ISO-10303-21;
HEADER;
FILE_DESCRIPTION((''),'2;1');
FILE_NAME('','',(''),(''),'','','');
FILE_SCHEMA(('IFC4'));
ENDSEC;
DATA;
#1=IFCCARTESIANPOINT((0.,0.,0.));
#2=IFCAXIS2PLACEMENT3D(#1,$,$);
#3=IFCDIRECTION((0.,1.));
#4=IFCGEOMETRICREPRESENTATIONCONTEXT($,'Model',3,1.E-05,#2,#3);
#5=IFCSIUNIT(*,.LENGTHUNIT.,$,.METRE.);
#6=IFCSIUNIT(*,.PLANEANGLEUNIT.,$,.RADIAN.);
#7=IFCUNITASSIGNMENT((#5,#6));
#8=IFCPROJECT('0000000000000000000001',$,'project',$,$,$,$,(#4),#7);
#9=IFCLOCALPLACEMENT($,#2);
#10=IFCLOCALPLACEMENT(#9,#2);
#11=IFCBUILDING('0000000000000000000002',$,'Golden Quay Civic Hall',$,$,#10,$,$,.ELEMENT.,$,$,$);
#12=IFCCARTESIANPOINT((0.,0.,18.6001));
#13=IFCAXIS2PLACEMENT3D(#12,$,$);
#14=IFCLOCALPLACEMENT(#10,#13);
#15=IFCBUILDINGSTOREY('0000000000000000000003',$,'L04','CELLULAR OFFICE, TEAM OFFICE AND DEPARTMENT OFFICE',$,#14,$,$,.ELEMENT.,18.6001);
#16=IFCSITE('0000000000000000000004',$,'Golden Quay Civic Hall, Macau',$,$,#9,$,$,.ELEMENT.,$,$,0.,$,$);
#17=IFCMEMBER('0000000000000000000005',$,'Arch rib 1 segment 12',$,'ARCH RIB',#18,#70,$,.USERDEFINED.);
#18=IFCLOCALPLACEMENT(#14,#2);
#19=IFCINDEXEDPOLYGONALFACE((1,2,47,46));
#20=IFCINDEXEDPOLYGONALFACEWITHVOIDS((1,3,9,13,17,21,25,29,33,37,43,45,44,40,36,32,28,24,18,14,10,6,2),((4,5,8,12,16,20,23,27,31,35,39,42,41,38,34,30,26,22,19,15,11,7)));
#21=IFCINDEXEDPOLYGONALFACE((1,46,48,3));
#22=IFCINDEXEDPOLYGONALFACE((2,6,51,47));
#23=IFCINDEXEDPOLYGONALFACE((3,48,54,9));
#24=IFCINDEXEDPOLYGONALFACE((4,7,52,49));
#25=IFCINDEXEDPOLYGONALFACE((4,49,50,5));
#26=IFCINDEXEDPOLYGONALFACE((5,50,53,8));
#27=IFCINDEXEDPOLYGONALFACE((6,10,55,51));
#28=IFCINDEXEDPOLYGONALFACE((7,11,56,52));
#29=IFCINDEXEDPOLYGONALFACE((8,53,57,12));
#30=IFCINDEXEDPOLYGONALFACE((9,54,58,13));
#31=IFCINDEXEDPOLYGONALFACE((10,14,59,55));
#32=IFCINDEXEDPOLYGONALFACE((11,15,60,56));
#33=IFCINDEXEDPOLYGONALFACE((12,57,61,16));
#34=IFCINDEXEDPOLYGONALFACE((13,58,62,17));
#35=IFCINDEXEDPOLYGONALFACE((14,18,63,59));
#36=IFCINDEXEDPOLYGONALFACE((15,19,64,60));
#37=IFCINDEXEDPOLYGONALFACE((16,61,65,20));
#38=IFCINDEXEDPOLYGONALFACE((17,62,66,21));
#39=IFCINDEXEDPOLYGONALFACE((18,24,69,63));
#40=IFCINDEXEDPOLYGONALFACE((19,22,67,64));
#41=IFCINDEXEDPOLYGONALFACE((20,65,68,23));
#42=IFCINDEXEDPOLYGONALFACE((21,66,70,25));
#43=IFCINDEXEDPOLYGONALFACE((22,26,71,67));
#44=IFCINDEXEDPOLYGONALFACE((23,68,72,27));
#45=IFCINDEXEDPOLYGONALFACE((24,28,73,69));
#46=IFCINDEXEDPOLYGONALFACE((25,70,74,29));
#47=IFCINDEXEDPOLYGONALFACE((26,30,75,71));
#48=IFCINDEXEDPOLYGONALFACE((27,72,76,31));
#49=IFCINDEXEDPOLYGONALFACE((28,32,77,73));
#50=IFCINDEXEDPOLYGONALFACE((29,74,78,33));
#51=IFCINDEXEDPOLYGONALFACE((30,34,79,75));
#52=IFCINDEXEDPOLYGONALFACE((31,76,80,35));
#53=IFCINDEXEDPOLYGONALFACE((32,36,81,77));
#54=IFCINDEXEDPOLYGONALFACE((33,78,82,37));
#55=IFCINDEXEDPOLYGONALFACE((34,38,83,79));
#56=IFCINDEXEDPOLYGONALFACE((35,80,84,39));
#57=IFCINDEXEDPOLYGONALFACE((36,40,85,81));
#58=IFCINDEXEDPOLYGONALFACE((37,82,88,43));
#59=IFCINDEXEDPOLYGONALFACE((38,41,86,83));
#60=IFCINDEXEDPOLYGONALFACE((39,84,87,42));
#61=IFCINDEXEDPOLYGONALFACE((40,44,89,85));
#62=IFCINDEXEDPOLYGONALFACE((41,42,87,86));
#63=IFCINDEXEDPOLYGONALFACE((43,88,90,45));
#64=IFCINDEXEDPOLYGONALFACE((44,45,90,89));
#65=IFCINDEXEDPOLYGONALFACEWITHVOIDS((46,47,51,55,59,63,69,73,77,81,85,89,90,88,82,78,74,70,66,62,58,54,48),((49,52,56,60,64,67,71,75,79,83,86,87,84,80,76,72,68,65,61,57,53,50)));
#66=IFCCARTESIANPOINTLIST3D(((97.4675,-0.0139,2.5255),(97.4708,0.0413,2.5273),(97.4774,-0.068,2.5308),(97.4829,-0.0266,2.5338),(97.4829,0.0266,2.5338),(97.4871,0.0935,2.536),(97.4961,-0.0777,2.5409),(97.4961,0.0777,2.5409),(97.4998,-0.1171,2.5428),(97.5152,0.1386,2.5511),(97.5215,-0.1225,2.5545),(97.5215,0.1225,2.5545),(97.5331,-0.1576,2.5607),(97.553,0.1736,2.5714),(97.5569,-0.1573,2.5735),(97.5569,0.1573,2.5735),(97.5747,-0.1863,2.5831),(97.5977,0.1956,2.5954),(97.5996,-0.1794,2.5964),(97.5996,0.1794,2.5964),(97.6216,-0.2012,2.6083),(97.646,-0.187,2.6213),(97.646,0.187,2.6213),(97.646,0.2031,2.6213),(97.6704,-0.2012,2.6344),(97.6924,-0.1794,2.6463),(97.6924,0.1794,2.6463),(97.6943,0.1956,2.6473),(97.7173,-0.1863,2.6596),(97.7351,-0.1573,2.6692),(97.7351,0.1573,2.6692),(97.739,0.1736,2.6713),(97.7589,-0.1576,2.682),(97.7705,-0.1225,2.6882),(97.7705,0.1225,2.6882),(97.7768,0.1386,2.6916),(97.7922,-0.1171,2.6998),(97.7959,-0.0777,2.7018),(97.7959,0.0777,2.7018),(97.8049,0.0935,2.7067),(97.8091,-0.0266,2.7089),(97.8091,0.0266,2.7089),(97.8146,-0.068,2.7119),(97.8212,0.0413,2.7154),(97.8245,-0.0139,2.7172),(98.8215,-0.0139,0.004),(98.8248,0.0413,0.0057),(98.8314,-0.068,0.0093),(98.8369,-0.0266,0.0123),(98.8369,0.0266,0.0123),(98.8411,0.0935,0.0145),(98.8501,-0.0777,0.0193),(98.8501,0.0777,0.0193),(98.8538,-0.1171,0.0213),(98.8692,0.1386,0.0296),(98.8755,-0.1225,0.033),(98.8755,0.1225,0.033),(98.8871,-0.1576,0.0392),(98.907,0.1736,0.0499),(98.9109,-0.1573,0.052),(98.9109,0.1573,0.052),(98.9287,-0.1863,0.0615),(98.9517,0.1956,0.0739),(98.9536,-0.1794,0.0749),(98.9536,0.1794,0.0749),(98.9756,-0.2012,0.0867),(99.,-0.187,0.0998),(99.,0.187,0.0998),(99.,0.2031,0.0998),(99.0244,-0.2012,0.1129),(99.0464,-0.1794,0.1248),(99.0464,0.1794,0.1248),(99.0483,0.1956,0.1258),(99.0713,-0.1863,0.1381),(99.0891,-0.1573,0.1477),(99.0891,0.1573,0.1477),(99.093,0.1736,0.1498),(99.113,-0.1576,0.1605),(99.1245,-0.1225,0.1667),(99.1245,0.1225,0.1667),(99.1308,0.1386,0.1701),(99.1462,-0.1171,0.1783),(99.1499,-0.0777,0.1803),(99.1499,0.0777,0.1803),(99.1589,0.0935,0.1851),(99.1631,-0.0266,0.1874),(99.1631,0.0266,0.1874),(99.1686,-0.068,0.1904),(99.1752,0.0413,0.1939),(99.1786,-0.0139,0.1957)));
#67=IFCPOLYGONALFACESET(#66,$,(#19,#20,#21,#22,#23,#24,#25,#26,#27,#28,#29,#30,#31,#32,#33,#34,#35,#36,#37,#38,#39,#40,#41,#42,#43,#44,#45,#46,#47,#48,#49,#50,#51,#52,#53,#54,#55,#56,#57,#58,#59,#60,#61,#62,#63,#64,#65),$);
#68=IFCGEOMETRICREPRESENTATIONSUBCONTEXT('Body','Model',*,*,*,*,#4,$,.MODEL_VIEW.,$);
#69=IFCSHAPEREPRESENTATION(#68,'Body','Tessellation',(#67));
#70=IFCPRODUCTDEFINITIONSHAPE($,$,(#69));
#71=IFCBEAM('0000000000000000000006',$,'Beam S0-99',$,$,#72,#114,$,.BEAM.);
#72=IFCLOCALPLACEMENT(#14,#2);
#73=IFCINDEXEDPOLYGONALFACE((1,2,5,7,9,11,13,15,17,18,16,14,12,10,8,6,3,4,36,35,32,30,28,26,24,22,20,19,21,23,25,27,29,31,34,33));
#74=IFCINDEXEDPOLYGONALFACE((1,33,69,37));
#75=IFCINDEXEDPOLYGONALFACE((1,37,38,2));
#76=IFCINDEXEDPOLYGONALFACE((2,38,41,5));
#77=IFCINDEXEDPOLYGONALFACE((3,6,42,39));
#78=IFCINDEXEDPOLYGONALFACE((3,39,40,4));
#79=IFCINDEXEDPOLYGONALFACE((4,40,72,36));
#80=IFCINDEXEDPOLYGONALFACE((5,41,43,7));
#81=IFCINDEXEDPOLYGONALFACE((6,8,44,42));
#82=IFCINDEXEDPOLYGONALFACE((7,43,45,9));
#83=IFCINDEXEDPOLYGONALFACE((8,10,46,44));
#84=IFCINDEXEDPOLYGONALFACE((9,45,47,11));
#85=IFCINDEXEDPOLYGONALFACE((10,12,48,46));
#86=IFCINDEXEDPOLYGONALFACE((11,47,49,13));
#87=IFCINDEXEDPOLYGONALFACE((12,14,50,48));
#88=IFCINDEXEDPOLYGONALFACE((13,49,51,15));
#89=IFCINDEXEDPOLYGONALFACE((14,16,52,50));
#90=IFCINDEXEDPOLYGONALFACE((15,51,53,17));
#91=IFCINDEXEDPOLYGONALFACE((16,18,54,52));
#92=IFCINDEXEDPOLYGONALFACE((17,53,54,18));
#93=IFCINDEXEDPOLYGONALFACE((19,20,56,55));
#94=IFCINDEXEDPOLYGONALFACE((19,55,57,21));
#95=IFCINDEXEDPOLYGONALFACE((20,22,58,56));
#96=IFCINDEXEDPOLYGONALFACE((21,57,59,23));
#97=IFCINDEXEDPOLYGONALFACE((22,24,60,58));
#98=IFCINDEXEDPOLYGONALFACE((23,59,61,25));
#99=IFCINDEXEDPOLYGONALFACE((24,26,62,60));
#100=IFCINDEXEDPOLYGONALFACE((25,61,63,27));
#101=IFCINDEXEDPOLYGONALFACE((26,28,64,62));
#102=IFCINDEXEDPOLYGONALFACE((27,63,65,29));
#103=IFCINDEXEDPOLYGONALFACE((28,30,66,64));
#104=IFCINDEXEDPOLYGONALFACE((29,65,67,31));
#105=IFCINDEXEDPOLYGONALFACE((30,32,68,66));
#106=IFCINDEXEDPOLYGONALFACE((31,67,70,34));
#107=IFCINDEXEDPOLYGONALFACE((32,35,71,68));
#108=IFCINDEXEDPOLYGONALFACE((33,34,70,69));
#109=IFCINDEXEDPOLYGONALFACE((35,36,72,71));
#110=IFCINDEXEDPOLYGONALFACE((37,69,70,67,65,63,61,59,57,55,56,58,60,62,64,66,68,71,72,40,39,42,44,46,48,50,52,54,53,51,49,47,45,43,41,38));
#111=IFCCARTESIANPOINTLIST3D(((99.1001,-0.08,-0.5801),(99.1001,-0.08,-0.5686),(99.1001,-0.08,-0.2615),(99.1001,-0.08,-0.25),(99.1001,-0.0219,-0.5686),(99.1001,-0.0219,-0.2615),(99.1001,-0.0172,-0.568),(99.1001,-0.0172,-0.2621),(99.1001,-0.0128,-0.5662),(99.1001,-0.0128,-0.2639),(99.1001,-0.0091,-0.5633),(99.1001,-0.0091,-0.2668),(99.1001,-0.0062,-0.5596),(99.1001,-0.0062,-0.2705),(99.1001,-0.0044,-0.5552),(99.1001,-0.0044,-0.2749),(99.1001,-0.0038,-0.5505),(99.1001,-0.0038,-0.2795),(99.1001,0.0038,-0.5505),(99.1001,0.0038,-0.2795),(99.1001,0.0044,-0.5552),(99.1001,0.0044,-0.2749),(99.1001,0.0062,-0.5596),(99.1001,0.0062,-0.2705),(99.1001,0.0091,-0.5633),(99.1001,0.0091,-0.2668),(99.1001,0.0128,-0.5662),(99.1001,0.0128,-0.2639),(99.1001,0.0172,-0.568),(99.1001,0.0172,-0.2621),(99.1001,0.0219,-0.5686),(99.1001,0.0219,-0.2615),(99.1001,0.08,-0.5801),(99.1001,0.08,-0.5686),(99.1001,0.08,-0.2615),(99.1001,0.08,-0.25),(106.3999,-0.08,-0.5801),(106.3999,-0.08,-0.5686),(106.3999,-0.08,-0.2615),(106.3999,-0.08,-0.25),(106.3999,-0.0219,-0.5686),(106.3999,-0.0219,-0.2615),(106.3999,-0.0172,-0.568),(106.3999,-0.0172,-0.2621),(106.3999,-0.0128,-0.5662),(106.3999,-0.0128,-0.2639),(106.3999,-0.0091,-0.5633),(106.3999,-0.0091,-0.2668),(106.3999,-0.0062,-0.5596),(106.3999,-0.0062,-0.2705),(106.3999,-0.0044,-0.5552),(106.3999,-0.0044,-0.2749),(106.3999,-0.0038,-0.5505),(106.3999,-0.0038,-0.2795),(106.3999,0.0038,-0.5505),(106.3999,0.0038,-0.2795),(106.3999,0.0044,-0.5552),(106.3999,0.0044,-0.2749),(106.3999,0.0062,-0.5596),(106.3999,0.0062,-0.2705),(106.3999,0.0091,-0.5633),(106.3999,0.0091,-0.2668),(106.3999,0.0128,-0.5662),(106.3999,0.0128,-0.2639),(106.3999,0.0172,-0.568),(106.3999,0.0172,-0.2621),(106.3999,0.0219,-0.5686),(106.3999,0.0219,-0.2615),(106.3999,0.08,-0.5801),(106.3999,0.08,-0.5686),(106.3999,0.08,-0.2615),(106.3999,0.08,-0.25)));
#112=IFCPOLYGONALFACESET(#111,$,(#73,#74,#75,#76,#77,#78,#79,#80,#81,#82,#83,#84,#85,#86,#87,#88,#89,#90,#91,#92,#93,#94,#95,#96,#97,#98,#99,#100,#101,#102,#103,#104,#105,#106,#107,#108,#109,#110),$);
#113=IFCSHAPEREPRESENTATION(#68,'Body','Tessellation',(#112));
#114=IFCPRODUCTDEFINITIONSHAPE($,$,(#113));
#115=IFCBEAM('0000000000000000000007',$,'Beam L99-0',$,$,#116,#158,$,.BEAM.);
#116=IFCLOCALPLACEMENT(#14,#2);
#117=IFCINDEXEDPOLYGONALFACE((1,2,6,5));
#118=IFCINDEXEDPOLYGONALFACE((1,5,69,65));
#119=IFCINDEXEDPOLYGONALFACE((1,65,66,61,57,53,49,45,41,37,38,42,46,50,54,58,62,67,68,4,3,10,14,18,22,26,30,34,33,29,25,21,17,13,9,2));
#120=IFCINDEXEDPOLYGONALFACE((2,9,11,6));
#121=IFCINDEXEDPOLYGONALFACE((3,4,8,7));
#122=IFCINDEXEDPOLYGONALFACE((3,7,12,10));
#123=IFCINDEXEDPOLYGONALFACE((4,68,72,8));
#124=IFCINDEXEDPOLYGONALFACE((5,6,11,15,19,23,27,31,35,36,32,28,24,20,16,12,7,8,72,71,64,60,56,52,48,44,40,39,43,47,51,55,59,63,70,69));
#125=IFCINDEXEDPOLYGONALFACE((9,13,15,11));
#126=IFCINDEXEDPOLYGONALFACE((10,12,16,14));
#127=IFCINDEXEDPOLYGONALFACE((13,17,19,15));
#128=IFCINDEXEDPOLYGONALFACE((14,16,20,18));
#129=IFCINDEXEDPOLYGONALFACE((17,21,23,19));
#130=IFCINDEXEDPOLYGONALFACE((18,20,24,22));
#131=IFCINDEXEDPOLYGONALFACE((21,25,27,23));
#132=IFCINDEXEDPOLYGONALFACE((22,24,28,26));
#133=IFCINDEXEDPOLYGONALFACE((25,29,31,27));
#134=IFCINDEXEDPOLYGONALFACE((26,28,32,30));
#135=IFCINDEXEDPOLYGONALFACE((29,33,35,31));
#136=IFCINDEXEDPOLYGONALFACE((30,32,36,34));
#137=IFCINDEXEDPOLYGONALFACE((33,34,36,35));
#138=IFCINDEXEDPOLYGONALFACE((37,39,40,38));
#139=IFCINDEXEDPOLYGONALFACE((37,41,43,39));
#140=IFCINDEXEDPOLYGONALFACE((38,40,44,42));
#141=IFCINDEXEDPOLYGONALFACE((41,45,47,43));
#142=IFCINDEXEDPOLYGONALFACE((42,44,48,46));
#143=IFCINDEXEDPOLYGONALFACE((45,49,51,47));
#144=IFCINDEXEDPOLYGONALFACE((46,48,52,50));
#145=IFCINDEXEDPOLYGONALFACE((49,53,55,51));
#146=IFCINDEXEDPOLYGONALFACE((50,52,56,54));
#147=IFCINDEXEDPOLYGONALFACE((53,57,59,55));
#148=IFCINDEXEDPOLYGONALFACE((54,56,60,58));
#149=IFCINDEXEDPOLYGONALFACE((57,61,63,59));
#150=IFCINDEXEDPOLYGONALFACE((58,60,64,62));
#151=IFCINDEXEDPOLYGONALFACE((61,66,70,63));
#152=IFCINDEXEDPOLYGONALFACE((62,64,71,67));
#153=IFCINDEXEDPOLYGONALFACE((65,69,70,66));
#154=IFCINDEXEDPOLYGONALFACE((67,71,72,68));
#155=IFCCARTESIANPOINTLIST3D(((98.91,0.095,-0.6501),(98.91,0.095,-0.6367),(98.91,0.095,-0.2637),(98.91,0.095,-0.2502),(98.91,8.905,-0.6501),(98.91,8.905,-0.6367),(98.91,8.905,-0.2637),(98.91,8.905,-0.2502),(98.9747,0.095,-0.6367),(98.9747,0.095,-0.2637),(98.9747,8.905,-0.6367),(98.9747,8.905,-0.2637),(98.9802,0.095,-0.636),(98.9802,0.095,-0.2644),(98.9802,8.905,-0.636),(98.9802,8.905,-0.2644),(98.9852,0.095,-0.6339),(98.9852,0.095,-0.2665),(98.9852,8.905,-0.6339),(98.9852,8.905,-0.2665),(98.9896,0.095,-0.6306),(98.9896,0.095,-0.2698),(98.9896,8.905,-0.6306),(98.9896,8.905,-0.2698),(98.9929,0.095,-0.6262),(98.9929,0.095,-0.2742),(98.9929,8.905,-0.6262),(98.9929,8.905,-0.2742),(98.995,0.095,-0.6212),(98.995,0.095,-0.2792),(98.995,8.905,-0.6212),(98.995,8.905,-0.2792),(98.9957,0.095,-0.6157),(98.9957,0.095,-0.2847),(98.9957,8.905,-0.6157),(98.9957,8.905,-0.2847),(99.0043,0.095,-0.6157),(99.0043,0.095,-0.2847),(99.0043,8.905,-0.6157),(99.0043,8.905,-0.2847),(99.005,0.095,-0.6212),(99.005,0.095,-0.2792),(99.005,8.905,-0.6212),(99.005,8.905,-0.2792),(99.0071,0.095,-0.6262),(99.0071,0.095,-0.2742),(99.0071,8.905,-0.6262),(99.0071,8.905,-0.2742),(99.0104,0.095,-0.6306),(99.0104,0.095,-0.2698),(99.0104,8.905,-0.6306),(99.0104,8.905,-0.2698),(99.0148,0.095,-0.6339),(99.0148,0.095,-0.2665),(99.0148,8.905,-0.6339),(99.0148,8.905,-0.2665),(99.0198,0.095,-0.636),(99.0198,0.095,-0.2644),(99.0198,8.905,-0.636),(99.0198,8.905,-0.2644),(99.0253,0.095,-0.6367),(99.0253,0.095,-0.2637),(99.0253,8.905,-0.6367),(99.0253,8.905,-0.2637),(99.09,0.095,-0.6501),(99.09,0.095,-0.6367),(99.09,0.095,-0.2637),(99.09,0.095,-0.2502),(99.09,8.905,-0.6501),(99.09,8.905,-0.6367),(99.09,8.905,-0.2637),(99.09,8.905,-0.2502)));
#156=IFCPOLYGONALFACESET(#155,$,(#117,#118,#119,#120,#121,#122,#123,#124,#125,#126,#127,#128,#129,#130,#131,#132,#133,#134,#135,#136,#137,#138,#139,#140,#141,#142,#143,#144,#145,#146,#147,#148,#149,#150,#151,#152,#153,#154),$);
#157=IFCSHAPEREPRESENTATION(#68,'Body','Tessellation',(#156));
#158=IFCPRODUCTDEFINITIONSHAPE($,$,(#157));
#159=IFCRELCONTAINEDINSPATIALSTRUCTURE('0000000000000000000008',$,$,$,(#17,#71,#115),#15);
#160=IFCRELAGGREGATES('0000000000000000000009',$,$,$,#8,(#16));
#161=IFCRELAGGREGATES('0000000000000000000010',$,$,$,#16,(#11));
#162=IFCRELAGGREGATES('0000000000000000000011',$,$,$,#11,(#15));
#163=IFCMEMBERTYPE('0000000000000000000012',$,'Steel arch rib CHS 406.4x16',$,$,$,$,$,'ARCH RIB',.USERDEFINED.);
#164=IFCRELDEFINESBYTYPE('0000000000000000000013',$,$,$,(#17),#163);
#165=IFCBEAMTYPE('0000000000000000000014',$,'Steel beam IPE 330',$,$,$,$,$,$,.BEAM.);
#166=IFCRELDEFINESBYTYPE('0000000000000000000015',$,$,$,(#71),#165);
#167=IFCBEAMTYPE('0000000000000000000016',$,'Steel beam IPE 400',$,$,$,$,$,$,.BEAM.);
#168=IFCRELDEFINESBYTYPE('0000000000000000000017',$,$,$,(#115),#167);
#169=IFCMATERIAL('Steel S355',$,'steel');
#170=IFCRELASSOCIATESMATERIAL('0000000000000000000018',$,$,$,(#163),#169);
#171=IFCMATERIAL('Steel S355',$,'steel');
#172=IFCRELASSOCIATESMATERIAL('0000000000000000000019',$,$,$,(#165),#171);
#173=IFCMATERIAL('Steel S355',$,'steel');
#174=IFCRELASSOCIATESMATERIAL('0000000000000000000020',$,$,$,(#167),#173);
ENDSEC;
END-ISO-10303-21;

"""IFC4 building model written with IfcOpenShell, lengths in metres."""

from ifc_helpers import new_model, si_unit, direction, frame, origin, origin_2d, place, context, subcontext, project, spatial, hollow_circle, i_section, extrude, material, material_profile, profile_set, type_object, element, save


model = new_model("IFC4")

# Units and contexts
model_context = context("Model", 3, precision=1e-05, world=origin(), true_north=direction((0.0, 1.0)))
body_context = subcontext(model_context, "Body", "Model", "MODEL_VIEW")
ifc_project = project(units=[si_unit("LENGTHUNIT", "METRE"), si_unit("PLANEANGLEUNIT", "RADIAN")], contexts=[model_context])

# Site, building, storey
site_placement = place(None, origin())
site = spatial("IfcSite", under=ifc_project, at=site_placement, Name="Golden Quay Civic Hall, Macau", CompositionType="ELEMENT", RefElevation=0.0)
building_placement = place(site_placement, origin())
building = spatial("IfcBuilding", under=site, at=building_placement, Name="Golden Quay Civic Hall", CompositionType="ELEMENT")
storey_placement = place(building_placement, frame((0.0, 0.0, 18.6001)))
storey = spatial("IfcBuildingStorey", under=building, at=storey_placement, Name="L04", Description="CELLULAR OFFICE, TEAM OFFICE AND DEPARTMENT OFFICE", CompositionType="ELEMENT", Elevation=18.6001)

# Member
ifc_material_1 = material(Name="Steel S355", Category="steel")
ifc_material_profile_1 = material_profile(ifc_material_1, hollow_circle(Radius=0.2031, WallThickness=0.0161, at=origin_2d()), Name="CHS 406.4x16")
ifc_profile_set_1 = profile_set([ifc_material_profile_1], Name="Steel S355")
member_type_1 = type_object("IfcMemberType", Name="Steel arch rib CHS 406.4x16", ElementType="ARCH RIB", PredefinedType="USERDEFINED", material=ifc_profile_set_1)
member_1_placement = place(storey_placement, frame((97.646, 0.0, 2.6213), z_axis=(0.473092, 0.0, -0.881013), x_axis=(0.0, 1.0, 0.0)))
element("IfcMember", 1, at=member_1_placement, inside=storey, type_object=member_type_1, Name="Arch rib 1 segment 12", ObjectType="ARCH RIB", PredefinedType="USERDEFINED", context=body_context, shape_type="SweptSolid", body=[
    extrude(hollow_circle(Radius=0.2031, WallThickness=0.0161, at=origin_2d()), origin(), (0.0, 0.0, 1.0), 2.8621),
])

# Beams
ifc_material_2 = material(Name="Steel S355", Category="steel")
ifc_material_profile_2 = material_profile(ifc_material_2, i_section(OverallWidth=0.1599, OverallDepth=0.3301, WebThickness=0.0076, FlangeThickness=0.0115, FilletRadius=0.0181, at=origin_2d()), Name="IPE 330")
ifc_profile_set_2 = profile_set([ifc_material_profile_2], Name="Steel S355")
beam_type_1 = type_object("IfcBeamType", Name="Steel beam IPE 330", PredefinedType="BEAM", material=ifc_profile_set_2)
beam_1_placement = place(storey_placement, frame((99.1001, 0.0, -0.415), z_axis=(1.0, 0.0, 0.0), x_axis=(0.0, 1.0, 0.0)))
element("IfcBeam", 2, at=beam_1_placement, inside=storey, type_object=beam_type_1, Name="Beam S0-99", PredefinedType="BEAM", context=body_context, shape_type="SweptSolid", body=[
    extrude(i_section(OverallWidth=0.1599, OverallDepth=0.3301, WebThickness=0.0076, FlangeThickness=0.0115, FilletRadius=0.0181, at=origin_2d()), origin(), (0.0, 0.0, 1.0), 7.2998),
])
ifc_material_3 = material(Name="Steel S355", Category="steel")
ifc_material_profile_3 = material_profile(ifc_material_3, i_section(OverallWidth=0.1799, OverallDepth=0.3999, WebThickness=0.0085, FlangeThickness=0.0134, FilletRadius=0.021, at=origin_2d()), Name="IPE 400")
ifc_profile_set_3 = profile_set([ifc_material_profile_3], Name="Steel S355")
beam_type_2 = type_object("IfcBeamType", Name="Steel beam IPE 400", PredefinedType="BEAM", material=ifc_profile_set_3)
beam_2_placement = place(storey_placement, frame((99.0, 0.095, -0.4502), z_axis=(0.0, 1.0, 0.0), x_axis=(-1.0, 0.0, 0.0)))
element("IfcBeam", 3, at=beam_2_placement, inside=storey, type_object=beam_type_2, Name="Beam L99-0", PredefinedType="BEAM", context=body_context, shape_type="SweptSolid", body=[
    extrude(i_section(OverallWidth=0.1799, OverallDepth=0.3999, WebThickness=0.0085, FlangeThickness=0.0134, FilletRadius=0.021, at=origin_2d()), origin(), (0.0, 0.0, 1.0), 8.8101),
])

save(model, "model.ifc")
